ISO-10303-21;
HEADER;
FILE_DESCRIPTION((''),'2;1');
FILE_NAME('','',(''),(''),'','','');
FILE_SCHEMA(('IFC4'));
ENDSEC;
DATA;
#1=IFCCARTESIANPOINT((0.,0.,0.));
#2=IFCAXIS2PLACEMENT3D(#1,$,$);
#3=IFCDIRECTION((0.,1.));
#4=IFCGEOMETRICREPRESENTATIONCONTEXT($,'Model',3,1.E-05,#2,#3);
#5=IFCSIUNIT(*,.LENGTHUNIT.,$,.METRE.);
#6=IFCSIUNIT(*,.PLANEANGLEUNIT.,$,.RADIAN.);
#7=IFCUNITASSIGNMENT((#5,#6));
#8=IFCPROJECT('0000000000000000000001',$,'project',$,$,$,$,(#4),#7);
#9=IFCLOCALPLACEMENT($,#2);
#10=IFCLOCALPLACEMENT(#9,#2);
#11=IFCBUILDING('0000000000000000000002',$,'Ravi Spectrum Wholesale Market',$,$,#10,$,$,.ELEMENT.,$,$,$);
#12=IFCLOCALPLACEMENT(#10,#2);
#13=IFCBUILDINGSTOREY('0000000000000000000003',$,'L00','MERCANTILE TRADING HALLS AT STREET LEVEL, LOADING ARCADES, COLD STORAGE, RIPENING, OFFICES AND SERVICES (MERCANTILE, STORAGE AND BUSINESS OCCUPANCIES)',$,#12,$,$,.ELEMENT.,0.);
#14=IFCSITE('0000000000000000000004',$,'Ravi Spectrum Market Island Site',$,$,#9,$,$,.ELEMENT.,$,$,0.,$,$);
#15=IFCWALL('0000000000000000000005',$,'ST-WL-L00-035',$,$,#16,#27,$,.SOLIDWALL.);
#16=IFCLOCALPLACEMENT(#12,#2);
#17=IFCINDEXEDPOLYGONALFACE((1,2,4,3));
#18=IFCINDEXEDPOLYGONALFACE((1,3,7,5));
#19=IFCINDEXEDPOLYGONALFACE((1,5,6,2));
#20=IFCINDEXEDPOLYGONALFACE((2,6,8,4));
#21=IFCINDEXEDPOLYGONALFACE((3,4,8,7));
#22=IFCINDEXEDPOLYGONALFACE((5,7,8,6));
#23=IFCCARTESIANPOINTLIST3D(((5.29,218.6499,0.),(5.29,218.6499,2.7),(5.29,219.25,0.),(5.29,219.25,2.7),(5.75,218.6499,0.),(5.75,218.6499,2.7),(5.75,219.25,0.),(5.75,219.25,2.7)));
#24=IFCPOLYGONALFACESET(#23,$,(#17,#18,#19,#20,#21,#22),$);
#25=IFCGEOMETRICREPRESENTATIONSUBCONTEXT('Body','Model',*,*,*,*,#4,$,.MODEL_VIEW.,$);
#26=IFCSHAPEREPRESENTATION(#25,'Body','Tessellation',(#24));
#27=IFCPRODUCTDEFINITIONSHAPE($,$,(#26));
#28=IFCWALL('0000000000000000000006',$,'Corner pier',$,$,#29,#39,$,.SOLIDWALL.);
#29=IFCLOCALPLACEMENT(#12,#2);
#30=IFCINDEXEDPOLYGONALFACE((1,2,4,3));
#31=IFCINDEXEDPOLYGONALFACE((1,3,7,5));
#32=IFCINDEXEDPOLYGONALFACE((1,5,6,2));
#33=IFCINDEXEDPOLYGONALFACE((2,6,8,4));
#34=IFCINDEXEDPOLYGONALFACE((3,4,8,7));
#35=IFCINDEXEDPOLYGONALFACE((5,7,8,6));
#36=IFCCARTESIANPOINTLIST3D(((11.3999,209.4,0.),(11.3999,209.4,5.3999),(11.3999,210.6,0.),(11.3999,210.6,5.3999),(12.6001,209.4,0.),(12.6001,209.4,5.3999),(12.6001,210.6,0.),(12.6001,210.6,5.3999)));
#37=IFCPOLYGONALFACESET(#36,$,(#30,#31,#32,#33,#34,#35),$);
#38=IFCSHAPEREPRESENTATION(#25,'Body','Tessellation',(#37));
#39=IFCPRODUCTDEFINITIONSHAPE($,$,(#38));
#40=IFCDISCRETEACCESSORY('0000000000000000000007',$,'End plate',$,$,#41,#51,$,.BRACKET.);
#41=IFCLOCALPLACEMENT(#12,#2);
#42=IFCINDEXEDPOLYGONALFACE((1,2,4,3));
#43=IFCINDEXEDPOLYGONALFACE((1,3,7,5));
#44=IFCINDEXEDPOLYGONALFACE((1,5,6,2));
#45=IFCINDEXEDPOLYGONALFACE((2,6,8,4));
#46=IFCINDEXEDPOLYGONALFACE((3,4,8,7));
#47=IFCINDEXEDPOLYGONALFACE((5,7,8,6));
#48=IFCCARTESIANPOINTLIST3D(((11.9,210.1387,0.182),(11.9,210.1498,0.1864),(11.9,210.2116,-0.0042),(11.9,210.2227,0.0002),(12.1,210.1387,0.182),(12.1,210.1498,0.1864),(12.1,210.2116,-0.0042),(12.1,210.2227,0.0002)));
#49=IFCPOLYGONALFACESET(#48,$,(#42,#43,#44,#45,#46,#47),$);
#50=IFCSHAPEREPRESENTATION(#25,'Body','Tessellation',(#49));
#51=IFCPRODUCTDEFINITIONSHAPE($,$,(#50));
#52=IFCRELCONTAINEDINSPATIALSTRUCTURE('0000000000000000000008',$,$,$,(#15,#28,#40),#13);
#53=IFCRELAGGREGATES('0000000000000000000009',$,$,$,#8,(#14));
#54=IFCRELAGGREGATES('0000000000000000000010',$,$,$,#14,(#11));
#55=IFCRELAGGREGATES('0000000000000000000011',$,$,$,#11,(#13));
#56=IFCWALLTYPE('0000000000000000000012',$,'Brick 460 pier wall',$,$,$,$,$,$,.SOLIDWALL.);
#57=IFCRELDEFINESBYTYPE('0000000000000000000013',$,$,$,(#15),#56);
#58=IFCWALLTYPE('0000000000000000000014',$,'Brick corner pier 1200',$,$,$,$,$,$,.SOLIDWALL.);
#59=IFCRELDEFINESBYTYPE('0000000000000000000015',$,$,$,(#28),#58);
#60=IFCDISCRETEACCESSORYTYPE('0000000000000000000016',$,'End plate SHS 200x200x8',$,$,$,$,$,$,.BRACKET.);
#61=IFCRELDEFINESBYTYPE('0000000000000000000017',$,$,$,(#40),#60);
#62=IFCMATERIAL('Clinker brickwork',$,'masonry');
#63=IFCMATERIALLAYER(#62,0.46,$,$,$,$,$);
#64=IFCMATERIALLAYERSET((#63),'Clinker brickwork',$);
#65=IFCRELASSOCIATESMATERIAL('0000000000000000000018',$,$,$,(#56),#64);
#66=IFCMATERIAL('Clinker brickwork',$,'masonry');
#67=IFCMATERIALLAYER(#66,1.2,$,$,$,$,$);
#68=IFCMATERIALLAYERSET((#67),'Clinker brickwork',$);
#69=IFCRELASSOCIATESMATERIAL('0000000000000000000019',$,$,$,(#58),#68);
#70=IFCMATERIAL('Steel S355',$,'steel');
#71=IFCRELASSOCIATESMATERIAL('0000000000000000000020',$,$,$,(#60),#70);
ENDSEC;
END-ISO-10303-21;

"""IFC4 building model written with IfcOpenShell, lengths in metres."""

from ifc_helpers import new_model, si_unit, direction, frame, frame_2d, origin, origin_2d, place, context, subcontext, project, spatial, rectangle, extrude, material, layer, layer_set, material_profile, profile_set, type_object, element, save


model = new_model("IFC4")

# Units and contexts
model_context = context("Model", 3, precision=1e-05, world=origin(), true_north=direction((0.0, 1.0)))
body_context = subcontext(model_context, "Body", "Model", "MODEL_VIEW")
ifc_project = project(units=[si_unit("LENGTHUNIT", "METRE"), si_unit("PLANEANGLEUNIT", "RADIAN")], contexts=[model_context])

# Site, building, storey
site_placement = place(None, origin())
site = spatial("IfcSite", under=ifc_project, at=site_placement, Name="Ravi Spectrum Market Island Site", CompositionType="ELEMENT", RefElevation=0.0)
building_placement = place(site_placement, origin())
building = spatial("IfcBuilding", under=site, at=building_placement, Name="Ravi Spectrum Wholesale Market", CompositionType="ELEMENT")
storey_placement = place(building_placement, origin())
storey = spatial("IfcBuildingStorey", under=building, at=storey_placement, Name="L00", Description="MERCANTILE TRADING HALLS AT STREET LEVEL, LOADING ARCADES, COLD STORAGE, RIPENING, OFFICES AND SERVICES (MERCANTILE, STORAGE AND BUSINESS OCCUPANCIES)", CompositionType="ELEMENT", Elevation=0.0)

# Walls
ifc_material_1 = material(Name="Clinker brickwork", Category="masonry")
ifc_layer_1 = layer(ifc_material_1, 0.46)
ifc_layer_set_1 = layer_set([ifc_layer_1], Name="Clinker brickwork")
wall_type_1 = type_object("IfcWallType", Name="Brick 460 pier wall", PredefinedType="SOLIDWALL", material=ifc_layer_set_1)
for number, where, z_axis, x_axis, name in (
    (1, (5.52, 218.6499, 0.0), (0.0, 0.0, 1.0), (0.0, 1.0, 0.0), "ST-WL-L00-035"),
):
    element("IfcWall", number, at=place(storey_placement, frame(where, z_axis=z_axis, x_axis=x_axis)), inside=storey, type_object=wall_type_1, Name=name, PredefinedType="SOLIDWALL", context=body_context, shape_type="SweptSolid", body=[
        extrude(rectangle(XDim=0.6001, YDim=0.46, at=frame_2d((0.3, 0.0))), origin(), (0.0, 0.0, 1.0), 2.7),
    ])
ifc_material_2 = material(Name="Clinker brickwork", Category="masonry")
ifc_layer_2 = layer(ifc_material_2, 1.2)
ifc_layer_set_2 = layer_set([ifc_layer_2], Name="Clinker brickwork")
wall_type_2 = type_object("IfcWallType", Name="Brick corner pier 1200", PredefinedType="SOLIDWALL", material=ifc_layer_set_2)
wall_1_placement = place(storey_placement, frame((11.3999, 210.0, 0.0), z_axis=(0.0, 0.0, 1.0), x_axis=(1.0, 0.0, 0.0)))
element("IfcWall", 2, at=wall_1_placement, inside=storey, type_object=wall_type_2, Name="Corner pier", PredefinedType="SOLIDWALL", context=body_context, shape_type="SweptSolid", body=[
    extrude(rectangle(XDim=1.2002, YDim=1.2, at=frame_2d((0.6001, 0.0))), origin(), (0.0, 0.0, 1.0), 5.3999),
])

# Discrete accessory
ifc_material_3 = material(Name="Steel S355", Category="steel")
ifc_material_profile_1 = material_profile(ifc_material_3, rectangle(XDim=0.2, YDim=0.2, at=origin_2d()))
ifc_profile_set_1 = profile_set([ifc_material_profile_1], Name="Steel S355")
discrete_accessory_type = type_object("IfcDiscreteAccessoryType", Name="End plate SHS 200x200x8", PredefinedType="BRACKET", material=ifc_profile_set_1)
discrete_accessory_placement = place(storey_placement, frame((12.0, 210.1863, 0.0933), z_axis=(0.0, -0.931243, -0.364399), x_axis=(1.0, 0.0, 0.0)))
element("IfcDiscreteAccessory", 3, at=discrete_accessory_placement, inside=storey, type_object=discrete_accessory_type, Name="End plate", PredefinedType="BRACKET", context=body_context, shape_type="SweptSolid", body=[
    extrude(rectangle(XDim=0.2, YDim=0.2, at=origin_2d()), origin(), (0.0, 0.0, 1.0), 0.012),
])

save(model, "model.ifc")
